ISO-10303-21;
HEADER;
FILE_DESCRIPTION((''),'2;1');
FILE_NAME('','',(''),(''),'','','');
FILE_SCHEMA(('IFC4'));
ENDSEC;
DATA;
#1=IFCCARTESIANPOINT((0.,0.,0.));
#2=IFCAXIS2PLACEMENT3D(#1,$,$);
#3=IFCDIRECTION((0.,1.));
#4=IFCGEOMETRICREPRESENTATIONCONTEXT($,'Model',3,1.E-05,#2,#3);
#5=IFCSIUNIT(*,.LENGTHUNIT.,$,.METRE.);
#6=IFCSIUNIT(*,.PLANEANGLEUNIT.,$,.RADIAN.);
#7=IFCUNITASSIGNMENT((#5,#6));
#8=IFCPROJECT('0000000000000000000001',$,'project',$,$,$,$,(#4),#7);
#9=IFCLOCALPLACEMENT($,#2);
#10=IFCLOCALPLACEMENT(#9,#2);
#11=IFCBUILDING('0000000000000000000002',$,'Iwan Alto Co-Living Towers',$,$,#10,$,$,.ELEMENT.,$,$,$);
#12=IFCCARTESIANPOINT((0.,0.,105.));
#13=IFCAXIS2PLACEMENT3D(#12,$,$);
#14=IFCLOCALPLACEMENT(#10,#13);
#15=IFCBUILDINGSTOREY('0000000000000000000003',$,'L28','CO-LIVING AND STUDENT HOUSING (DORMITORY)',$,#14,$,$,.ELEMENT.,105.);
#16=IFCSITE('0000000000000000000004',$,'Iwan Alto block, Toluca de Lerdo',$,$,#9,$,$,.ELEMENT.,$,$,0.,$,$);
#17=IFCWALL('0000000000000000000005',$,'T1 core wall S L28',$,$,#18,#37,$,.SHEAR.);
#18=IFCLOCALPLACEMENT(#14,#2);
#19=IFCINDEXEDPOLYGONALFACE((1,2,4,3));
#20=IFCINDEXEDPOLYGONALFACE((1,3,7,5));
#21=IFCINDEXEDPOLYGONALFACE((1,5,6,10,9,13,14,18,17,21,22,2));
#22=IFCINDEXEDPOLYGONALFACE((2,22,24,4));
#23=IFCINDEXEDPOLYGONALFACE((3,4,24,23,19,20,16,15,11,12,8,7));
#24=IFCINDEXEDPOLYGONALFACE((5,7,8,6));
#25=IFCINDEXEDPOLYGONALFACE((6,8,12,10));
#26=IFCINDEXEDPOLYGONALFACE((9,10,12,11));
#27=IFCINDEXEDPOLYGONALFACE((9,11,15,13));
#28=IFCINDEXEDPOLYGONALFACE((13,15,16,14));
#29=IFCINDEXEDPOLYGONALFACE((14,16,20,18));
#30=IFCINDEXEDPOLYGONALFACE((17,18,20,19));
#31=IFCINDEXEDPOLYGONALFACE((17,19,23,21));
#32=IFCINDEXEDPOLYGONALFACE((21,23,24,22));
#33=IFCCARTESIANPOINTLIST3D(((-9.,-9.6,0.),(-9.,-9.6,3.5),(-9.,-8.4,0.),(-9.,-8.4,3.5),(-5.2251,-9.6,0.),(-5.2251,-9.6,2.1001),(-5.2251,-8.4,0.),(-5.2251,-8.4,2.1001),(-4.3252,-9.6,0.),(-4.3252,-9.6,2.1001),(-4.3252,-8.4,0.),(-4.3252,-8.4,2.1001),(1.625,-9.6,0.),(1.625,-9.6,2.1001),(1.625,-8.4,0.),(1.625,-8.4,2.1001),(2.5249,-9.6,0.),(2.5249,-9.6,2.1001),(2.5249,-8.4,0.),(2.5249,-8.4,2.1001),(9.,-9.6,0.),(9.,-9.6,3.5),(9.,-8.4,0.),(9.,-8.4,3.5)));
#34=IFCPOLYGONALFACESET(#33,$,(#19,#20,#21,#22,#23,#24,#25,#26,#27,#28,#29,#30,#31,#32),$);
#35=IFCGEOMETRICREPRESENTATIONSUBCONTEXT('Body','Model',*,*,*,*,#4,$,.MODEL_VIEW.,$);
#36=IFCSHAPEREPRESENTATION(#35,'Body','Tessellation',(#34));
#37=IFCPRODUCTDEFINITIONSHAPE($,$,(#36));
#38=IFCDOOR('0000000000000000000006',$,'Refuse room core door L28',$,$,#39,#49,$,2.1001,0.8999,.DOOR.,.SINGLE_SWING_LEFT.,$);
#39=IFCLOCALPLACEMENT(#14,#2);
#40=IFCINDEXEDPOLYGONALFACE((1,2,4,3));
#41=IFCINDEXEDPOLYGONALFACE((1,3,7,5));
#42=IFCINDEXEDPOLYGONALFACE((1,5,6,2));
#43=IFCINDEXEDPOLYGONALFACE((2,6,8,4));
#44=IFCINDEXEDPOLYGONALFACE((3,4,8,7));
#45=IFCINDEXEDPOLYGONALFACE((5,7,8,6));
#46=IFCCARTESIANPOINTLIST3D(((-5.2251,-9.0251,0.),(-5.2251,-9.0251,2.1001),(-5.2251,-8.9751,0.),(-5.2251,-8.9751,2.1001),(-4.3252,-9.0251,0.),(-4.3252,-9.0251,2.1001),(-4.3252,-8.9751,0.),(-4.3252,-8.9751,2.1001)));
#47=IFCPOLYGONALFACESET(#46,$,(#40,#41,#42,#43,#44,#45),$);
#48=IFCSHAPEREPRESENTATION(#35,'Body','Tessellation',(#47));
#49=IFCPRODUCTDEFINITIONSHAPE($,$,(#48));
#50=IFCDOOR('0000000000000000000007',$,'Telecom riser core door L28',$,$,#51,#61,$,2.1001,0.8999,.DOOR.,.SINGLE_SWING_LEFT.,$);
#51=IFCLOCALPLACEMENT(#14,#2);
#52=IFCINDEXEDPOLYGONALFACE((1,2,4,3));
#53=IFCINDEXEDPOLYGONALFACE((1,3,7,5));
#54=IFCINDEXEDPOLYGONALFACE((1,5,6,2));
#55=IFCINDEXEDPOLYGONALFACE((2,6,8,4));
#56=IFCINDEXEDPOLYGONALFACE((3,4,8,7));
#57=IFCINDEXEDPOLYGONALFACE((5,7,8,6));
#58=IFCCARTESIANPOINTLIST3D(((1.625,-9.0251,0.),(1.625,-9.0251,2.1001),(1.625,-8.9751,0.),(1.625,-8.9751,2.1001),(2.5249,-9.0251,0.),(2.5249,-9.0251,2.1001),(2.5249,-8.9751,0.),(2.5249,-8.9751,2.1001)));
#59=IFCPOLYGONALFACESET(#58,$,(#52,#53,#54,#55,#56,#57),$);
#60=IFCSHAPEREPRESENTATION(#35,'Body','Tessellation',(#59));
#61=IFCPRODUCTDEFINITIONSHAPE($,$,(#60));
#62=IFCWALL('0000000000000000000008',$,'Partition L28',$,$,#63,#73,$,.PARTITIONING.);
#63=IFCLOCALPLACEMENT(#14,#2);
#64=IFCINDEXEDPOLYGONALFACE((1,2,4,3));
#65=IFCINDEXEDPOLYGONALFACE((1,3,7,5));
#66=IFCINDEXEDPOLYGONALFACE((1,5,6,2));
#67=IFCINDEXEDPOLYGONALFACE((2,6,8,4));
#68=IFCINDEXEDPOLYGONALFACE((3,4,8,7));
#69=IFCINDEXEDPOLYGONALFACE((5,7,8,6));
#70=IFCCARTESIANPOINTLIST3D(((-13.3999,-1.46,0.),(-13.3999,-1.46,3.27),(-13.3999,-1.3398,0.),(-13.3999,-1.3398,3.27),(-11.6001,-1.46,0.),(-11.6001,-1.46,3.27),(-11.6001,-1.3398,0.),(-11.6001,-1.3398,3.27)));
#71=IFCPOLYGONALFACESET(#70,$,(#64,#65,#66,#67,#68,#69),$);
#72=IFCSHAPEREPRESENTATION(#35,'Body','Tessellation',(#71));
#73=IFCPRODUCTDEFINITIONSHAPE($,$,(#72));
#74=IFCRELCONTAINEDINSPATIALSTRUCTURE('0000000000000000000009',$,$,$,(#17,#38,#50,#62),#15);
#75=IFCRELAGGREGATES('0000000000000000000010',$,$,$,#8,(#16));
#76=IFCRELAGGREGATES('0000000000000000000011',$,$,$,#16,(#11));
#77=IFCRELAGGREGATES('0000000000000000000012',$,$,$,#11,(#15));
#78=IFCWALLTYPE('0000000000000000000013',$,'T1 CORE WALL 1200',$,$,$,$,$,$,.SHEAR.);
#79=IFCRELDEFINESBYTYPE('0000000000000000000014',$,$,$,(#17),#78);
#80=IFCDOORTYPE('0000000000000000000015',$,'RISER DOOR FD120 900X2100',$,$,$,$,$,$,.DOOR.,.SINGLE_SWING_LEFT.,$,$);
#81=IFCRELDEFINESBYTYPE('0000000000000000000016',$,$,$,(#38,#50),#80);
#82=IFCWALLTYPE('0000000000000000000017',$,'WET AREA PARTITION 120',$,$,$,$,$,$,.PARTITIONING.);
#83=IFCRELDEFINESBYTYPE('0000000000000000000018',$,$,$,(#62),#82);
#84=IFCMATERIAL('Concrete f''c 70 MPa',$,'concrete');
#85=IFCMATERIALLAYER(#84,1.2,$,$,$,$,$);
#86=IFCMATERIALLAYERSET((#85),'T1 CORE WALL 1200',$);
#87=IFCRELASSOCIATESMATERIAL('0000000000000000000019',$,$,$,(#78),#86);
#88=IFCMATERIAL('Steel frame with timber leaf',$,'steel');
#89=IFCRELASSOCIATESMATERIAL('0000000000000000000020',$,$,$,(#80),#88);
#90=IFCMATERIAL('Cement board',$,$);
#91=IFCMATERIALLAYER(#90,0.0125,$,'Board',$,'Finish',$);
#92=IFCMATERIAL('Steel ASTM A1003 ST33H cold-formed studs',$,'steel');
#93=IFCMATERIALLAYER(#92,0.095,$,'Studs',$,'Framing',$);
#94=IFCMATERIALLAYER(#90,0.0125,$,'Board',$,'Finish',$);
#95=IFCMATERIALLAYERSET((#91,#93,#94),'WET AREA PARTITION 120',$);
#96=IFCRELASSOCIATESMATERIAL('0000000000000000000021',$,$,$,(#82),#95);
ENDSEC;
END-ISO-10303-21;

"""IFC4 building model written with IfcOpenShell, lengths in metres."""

from ifc_helpers import new_model, si_unit, direction, frame, frame_2d, origin, place, context, subcontext, project, spatial, rectangle, extrude, material, layer, layer_set, type_object, element, fill, save


model = new_model("IFC4")

# Units and contexts
model_context = context("Model", 3, precision=1e-05, world=origin(), true_north=direction((0.0, 1.0)))
body_context = subcontext(model_context, "Body", "Model", "MODEL_VIEW")
ifc_project = project(units=[si_unit("LENGTHUNIT", "METRE"), si_unit("PLANEANGLEUNIT", "RADIAN")], contexts=[model_context])

# Site, building, storey
site_placement = place(None, origin())
site = spatial("IfcSite", under=ifc_project, at=site_placement, Name="Iwan Alto block, Toluca de Lerdo", CompositionType="ELEMENT", RefElevation=0.0)
building_placement = place(site_placement, origin())
building = spatial("IfcBuilding", under=site, at=building_placement, Name="Iwan Alto Co-Living Towers", CompositionType="ELEMENT")
storey_placement = place(building_placement, frame((0.0, 0.0, 105.0)))
storey = spatial("IfcBuildingStorey", under=building, at=storey_placement, Name="L28", Description="CO-LIVING AND STUDENT HOUSING (DORMITORY)", CompositionType="ELEMENT", Elevation=105.0)

# Shared definitions
ifc_material_1 = material(Name="Steel ASTM A1003 ST33H cold-formed studs", Category="steel")

# Wall, openings, doors
ifc_material_2 = material(Name="Concrete f'c 70 MPa", Category="concrete")
ifc_layer_1 = layer(ifc_material_2, 1.2)
ifc_layer_set_1 = layer_set([ifc_layer_1], Name="T1 CORE WALL 1200")
wall_type_1 = type_object("IfcWallType", Name="T1 CORE WALL 1200", PredefinedType="SHEAR", material=ifc_layer_set_1)
wall_1_placement = place(storey_placement, frame((-9.0, -9.0, 0.0), z_axis=(0.0, 0.0, 1.0), x_axis=(1.0, 0.0, 0.0)))
wall_1 = element("IfcWall", 1, at=wall_1_placement, inside=storey, type_object=wall_type_1, Name="T1 core wall S L28", PredefinedType="SHEAR", context=body_context, shape_type="SweptSolid", body=[
    extrude(rectangle(XDim=18.0, YDim=1.2, at=frame_2d((9.0, 0.0))), origin(), (0.0, 0.0, 1.0), 3.5),
])
opening_1_placement = place(wall_1_placement, frame((3.7749, 0.0, 0.0)))
opening_1 = element("IfcOpeningElement", 2, at=opening_1_placement, cuts=wall_1, PredefinedType="OPENING", context=body_context, shape_type="SweptSolid", body=[
    extrude(rectangle(XDim=0.8999, YDim=2.1001, at=frame_2d((0.45, 1.05))), frame((0.0, 0.6099, 0.0), z_axis=(0.0, -1.0, 0.0), x_axis=(1.0, 0.0, 0.0)), (0.0, 0.0, 1.0), 1.22),
])
opening_2_placement = place(wall_1_placement, frame((10.625, 0.0, 0.0)))
opening_2 = element("IfcOpeningElement", 3, at=opening_2_placement, cuts=wall_1, PredefinedType="OPENING", context=body_context, shape_type="SweptSolid", body=[
    extrude(rectangle(XDim=0.8999, YDim=2.1001, at=frame_2d((0.45, 1.05))), frame((0.0, 0.6099, 0.0), z_axis=(0.0, -1.0, 0.0), x_axis=(1.0, 0.0, 0.0)), (0.0, 0.0, 1.0), 1.22),
])
ifc_material_3 = material(Name="Steel frame with timber leaf", Category="steel")
door_type_1 = type_object("IfcDoorType", Name="RISER DOOR FD120 900X2100", OperationType="SINGLE_SWING_LEFT", PredefinedType="DOOR", material=ifc_material_3)
door_1_placement = place(opening_1_placement, origin())
door_1 = element("IfcDoor", 4, at=door_1_placement, inside=storey, type_object=door_type_1, Name="Refuse room core door L28", OperationType="SINGLE_SWING_LEFT", OverallHeight=2.1001, OverallWidth=0.8999, PredefinedType="DOOR", context=body_context, shape_type="SweptSolid", body=[
    extrude(rectangle(XDim=0.8999, YDim=2.1001, at=frame_2d((0.45, 1.05))), frame((0.0, 0.0249, 0.0), z_axis=(0.0, -1.0, 0.0), x_axis=(1.0, 0.0, 0.0)), (0.0, 0.0, 1.0), 0.05),
])
fill(opening_1, door_1)
door_2_placement = place(opening_2_placement, origin())
door_2 = element("IfcDoor", 5, at=door_2_placement, inside=storey, type_object=door_type_1, Name="Telecom riser core door L28", OperationType="SINGLE_SWING_LEFT", OverallHeight=2.1001, OverallWidth=0.8999, PredefinedType="DOOR", context=body_context, shape_type="SweptSolid", body=[
    extrude(rectangle(XDim=0.8999, YDim=2.1001, at=frame_2d((0.45, 1.05))), frame((0.0, 0.0249, 0.0), z_axis=(0.0, -1.0, 0.0), x_axis=(1.0, 0.0, 0.0)), (0.0, 0.0, 1.0), 0.05),
])
fill(opening_2, door_2)

# Wall
ifc_material_4 = material(Name="Cement board")
ifc_layer_2 = layer(ifc_material_4, 0.0125, Name="Board", Category="Finish")
ifc_layer_3 = layer(ifc_material_1, 0.095, Name="Studs", Category="Framing")
ifc_layer_4 = layer(ifc_material_4, 0.0125, Name="Board", Category="Finish")
ifc_layer_set_2 = layer_set([ifc_layer_2, ifc_layer_3, ifc_layer_4], Name="WET AREA PARTITION 120")
wall_type_2 = type_object("IfcWallType", Name="WET AREA PARTITION 120", PredefinedType="PARTITIONING", material=ifc_layer_set_2)
wall_2_placement = place(storey_placement, frame((-13.3999, -1.3999, 0.0), z_axis=(0.0, 0.0, 1.0), x_axis=(1.0, 0.0, 0.0)))
element("IfcWall", 6, at=wall_2_placement, inside=storey, type_object=wall_type_2, Name="Partition L28", PredefinedType="PARTITIONING", context=body_context, shape_type="SweptSolid", body=[
    extrude(rectangle(XDim=1.7998, YDim=0.1201, at=frame_2d((0.8999, 0.0))), origin(), (0.0, 0.0, 1.0), 3.27),
])

save(model, "model.ifc")
